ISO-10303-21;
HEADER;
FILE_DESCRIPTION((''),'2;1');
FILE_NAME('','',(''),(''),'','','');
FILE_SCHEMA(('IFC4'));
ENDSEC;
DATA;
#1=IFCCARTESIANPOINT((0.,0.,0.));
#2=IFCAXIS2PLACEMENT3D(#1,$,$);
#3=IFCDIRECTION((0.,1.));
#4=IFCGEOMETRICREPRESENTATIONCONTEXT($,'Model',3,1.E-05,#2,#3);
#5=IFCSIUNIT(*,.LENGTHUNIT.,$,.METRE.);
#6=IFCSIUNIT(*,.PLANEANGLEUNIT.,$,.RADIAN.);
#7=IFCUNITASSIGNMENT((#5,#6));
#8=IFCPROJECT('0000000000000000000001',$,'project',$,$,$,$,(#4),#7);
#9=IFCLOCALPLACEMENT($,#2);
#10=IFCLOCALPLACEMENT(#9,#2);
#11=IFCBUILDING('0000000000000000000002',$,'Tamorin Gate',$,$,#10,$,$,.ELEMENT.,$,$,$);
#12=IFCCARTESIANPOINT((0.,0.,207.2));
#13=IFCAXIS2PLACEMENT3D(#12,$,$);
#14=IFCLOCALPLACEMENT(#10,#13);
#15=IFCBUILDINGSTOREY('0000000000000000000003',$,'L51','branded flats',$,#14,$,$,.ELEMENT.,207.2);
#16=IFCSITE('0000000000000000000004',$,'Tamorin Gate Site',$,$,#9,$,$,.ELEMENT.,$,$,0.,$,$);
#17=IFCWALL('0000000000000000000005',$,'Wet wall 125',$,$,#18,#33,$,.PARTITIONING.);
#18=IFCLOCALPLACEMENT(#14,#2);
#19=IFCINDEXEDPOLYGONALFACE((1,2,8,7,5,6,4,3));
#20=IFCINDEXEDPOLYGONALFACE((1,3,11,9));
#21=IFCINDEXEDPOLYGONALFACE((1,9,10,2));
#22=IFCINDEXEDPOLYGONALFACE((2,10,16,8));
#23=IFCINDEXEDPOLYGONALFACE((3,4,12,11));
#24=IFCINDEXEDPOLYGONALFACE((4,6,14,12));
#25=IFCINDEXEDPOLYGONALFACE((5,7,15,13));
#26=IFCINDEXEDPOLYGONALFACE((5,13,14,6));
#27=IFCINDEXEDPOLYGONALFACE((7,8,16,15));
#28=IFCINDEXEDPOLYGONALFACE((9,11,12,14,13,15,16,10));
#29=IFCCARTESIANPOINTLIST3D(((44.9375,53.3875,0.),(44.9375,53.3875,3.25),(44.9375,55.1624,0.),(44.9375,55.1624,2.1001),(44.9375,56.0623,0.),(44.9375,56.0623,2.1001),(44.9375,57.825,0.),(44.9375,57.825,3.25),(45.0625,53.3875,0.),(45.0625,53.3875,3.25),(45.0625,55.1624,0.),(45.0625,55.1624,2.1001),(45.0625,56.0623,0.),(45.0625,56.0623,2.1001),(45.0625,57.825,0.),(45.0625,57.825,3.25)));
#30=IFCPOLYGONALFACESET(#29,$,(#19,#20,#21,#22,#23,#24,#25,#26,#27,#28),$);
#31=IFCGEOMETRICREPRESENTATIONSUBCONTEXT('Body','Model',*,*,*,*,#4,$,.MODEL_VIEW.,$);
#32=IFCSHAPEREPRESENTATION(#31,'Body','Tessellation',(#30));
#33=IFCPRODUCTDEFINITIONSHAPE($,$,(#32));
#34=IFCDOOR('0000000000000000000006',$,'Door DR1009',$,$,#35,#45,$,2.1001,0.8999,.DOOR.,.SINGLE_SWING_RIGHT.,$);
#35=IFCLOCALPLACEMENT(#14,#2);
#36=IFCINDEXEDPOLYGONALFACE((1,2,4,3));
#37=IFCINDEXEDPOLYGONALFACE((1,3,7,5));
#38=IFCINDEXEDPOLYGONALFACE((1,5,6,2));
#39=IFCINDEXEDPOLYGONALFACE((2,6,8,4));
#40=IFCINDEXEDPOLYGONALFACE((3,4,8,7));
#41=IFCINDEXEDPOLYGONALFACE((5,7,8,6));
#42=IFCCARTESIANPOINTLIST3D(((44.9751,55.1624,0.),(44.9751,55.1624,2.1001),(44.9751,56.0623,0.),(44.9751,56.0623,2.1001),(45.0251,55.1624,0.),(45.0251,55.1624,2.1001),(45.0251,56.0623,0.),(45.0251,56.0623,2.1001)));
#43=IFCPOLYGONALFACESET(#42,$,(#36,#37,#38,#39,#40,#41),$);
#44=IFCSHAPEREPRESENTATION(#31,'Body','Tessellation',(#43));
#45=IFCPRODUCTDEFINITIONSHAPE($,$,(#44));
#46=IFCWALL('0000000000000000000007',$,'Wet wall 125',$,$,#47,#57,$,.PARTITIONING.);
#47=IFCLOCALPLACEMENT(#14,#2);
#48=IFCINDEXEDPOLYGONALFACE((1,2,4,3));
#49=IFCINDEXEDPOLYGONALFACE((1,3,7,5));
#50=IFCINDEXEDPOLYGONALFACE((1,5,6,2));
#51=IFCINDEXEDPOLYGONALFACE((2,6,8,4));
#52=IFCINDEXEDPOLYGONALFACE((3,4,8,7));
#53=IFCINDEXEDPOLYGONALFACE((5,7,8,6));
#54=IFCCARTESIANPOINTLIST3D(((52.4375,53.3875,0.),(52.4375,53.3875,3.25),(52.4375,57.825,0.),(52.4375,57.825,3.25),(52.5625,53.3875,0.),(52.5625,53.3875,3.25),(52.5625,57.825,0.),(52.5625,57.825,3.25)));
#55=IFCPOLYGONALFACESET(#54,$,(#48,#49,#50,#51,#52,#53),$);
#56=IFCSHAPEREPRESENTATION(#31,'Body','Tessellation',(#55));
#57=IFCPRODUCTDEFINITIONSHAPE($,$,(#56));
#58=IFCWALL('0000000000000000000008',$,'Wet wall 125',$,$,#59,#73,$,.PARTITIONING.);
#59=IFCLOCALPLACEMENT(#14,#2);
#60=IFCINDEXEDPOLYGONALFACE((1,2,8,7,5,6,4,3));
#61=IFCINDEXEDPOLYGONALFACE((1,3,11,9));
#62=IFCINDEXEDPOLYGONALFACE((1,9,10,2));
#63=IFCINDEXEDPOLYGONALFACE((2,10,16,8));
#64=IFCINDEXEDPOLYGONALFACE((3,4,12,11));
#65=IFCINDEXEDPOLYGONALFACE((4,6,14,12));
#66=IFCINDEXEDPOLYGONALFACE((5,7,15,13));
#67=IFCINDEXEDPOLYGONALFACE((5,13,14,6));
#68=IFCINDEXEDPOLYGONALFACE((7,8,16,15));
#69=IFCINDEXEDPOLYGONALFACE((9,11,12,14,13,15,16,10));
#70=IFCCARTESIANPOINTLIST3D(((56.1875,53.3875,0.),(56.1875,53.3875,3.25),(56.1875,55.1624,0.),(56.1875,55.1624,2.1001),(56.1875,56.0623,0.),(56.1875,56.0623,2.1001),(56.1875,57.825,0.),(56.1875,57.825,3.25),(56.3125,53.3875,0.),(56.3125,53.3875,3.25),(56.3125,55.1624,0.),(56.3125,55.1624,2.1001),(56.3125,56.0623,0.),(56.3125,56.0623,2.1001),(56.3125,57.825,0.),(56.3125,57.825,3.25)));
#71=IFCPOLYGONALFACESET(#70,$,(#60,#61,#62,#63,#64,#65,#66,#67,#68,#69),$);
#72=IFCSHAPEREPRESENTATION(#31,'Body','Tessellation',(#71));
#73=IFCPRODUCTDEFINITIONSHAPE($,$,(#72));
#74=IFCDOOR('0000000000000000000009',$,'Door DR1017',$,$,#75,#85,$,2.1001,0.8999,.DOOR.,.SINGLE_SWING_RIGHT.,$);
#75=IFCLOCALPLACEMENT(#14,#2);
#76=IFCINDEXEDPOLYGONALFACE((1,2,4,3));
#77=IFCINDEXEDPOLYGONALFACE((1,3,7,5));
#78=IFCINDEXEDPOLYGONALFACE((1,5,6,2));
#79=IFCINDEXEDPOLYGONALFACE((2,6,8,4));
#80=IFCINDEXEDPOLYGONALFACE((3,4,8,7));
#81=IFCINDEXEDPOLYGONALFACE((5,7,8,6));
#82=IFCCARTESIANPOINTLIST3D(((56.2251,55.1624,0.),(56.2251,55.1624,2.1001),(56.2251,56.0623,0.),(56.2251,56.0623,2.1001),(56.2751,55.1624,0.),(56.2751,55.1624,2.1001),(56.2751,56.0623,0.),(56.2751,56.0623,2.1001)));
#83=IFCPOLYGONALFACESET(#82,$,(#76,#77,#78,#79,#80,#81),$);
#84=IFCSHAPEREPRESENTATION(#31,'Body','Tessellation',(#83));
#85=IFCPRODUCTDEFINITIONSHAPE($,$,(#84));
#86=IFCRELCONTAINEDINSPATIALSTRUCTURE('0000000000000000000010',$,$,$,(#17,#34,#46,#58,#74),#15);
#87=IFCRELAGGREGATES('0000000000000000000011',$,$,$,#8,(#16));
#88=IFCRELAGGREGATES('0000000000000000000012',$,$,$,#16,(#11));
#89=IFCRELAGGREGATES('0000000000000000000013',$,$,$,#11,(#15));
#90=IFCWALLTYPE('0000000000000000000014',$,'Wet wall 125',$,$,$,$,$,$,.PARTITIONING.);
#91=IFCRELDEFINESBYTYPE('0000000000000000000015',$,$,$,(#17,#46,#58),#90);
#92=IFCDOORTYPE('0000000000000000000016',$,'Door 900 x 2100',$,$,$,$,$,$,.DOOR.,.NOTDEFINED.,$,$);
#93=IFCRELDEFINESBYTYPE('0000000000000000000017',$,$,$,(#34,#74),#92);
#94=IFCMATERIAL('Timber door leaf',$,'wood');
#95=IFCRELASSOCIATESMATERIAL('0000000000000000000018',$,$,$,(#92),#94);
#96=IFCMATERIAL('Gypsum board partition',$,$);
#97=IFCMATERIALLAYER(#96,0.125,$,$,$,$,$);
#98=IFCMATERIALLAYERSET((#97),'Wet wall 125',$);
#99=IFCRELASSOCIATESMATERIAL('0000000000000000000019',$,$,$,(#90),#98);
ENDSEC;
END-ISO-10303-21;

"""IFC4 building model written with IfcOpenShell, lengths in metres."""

from ifc_helpers import new_model, si_unit, direction, frame, frame_2d, origin, place, context, subcontext, project, spatial, rectangle, extrude, material, layer, layer_set, type_object, element, fill, save


model = new_model("IFC4")

# Units and contexts
model_context = context("Model", 3, precision=1e-05, world=origin(), true_north=direction((0.0, 1.0)))
body_context = subcontext(model_context, "Body", "Model", "MODEL_VIEW")
ifc_project = project(units=[si_unit("LENGTHUNIT", "METRE"), si_unit("PLANEANGLEUNIT", "RADIAN")], contexts=[model_context])

# Site, building, storey
site_placement = place(None, origin())
site = spatial("IfcSite", under=ifc_project, at=site_placement, Name="Tamorin Gate Site", CompositionType="ELEMENT", RefElevation=0.0)
building_placement = place(site_placement, origin())
building = spatial("IfcBuilding", under=site, at=building_placement, Name="Tamorin Gate", CompositionType="ELEMENT")
storey_placement = place(building_placement, frame((0.0, 0.0, 207.2)))
storey = spatial("IfcBuildingStorey", under=building, at=storey_placement, Name="L51", Description="branded flats", CompositionType="ELEMENT", Elevation=207.2)

# Shared definitions
ifc_material_1 = material(Name="Gypsum board partition")

# Shared definitions
ifc_material_2 = material(Name="Timber door leaf", Category="wood")
door_type = type_object("IfcDoorType", Name="Door 900 x 2100", OperationType="NOTDEFINED", PredefinedType="DOOR", material=ifc_material_2)

# Shared definitions
ifc_layer_1 = layer(ifc_material_1, 0.125)
ifc_layer_set_1 = layer_set([ifc_layer_1], Name="Wet wall 125")
wall_type_1 = type_object("IfcWallType", Name="Wet wall 125", PredefinedType="PARTITIONING", material=ifc_layer_set_1)

# Wall, opening, door
wall_1_placement = place(storey_placement, frame((45.0, 53.3875, 0.0), z_axis=(0.0, 0.0, 1.0), x_axis=(0.0, 1.0, 0.0)))
wall_1 = element("IfcWall", 1, at=wall_1_placement, inside=storey, type_object=wall_type_1, Name="Wet wall 125", PredefinedType="PARTITIONING", context=body_context, shape_type="SweptSolid", body=[
    extrude(rectangle(XDim=4.4375, YDim=0.125, at=frame_2d((2.2188, 0.0))), origin(), (0.0, 0.0, 1.0), 3.25),
])
opening_1_placement = place(wall_1_placement, frame((1.7749, 0.0, 0.0)))
opening_1 = element("IfcOpeningElement", 2, at=opening_1_placement, cuts=wall_1, PredefinedType="OPENING", context=body_context, shape_type="SweptSolid", body=[
    extrude(rectangle(XDim=0.8999, YDim=2.1001, at=frame_2d((0.45, 1.05))), frame((0.0, 0.0725, 0.0), z_axis=(0.0, -1.0, 0.0), x_axis=(1.0, 0.0, 0.0)), (0.0, 0.0, 1.0), 0.145),
])
door_1_placement = place(opening_1_placement, origin())
door_1 = element("IfcDoor", 3, at=door_1_placement, inside=storey, type_object=door_type, Name="Door DR1009", OperationType="SINGLE_SWING_RIGHT", OverallHeight=2.1001, OverallWidth=0.8999, PredefinedType="DOOR", context=body_context, shape_type="SweptSolid", body=[
    extrude(rectangle(XDim=0.8999, YDim=2.1001, at=frame_2d((0.45, 1.05))), frame((0.0, 0.0249, 0.0), z_axis=(0.0, -1.0, 0.0), x_axis=(1.0, 0.0, 0.0)), (0.0, 0.0, 1.0), 0.05),
])
fill(opening_1, door_1)

# Wall
wall_2_placement = place(storey_placement, frame((52.5, 53.3875, 0.0), z_axis=(0.0, 0.0, 1.0), x_axis=(0.0, 1.0, 0.0)))
element("IfcWall", 4, at=wall_2_placement, inside=storey, type_object=wall_type_1, Name="Wet wall 125", PredefinedType="PARTITIONING", context=body_context, shape_type="SweptSolid", body=[
    extrude(rectangle(XDim=4.4375, YDim=0.125, at=frame_2d((2.2188, 0.0))), origin(), (0.0, 0.0, 1.0), 3.25),
])

# Wall, opening, door
wall_3_placement = place(storey_placement, frame((56.25, 53.3875, 0.0), z_axis=(0.0, 0.0, 1.0), x_axis=(0.0, 1.0, 0.0)))
wall_3 = element("IfcWall", 5, at=wall_3_placement, inside=storey, type_object=wall_type_1, Name="Wet wall 125", PredefinedType="PARTITIONING", context=body_context, shape_type="SweptSolid", body=[
    extrude(rectangle(XDim=4.4375, YDim=0.125, at=frame_2d((2.2188, 0.0))), origin(), (0.0, 0.0, 1.0), 3.25),
])
opening_2_placement = place(wall_3_placement, frame((1.7749, 0.0, 0.0)))
opening_2 = element("IfcOpeningElement", 6, at=opening_2_placement, cuts=wall_3, PredefinedType="OPENING", context=body_context, shape_type="SweptSolid", body=[
    extrude(rectangle(XDim=0.8999, YDim=2.1001, at=frame_2d((0.45, 1.05))), frame((0.0, 0.0725, 0.0), z_axis=(0.0, -1.0, 0.0), x_axis=(1.0, 0.0, 0.0)), (0.0, 0.0, 1.0), 0.145),
])
door_2_placement = place(opening_2_placement, origin())
door_2 = element("IfcDoor", 7, at=door_2_placement, inside=storey, type_object=door_type, Name="Door DR1017", OperationType="SINGLE_SWING_RIGHT", OverallHeight=2.1001, OverallWidth=0.8999, PredefinedType="DOOR", context=body_context, shape_type="SweptSolid", body=[
    extrude(rectangle(XDim=0.8999, YDim=2.1001, at=frame_2d((0.45, 1.05))), frame((0.0, 0.0249, 0.0), z_axis=(0.0, -1.0, 0.0), x_axis=(1.0, 0.0, 0.0)), (0.0, 0.0, 1.0), 0.05),
])
fill(opening_2, door_2)

save(model, "model.ifc")
